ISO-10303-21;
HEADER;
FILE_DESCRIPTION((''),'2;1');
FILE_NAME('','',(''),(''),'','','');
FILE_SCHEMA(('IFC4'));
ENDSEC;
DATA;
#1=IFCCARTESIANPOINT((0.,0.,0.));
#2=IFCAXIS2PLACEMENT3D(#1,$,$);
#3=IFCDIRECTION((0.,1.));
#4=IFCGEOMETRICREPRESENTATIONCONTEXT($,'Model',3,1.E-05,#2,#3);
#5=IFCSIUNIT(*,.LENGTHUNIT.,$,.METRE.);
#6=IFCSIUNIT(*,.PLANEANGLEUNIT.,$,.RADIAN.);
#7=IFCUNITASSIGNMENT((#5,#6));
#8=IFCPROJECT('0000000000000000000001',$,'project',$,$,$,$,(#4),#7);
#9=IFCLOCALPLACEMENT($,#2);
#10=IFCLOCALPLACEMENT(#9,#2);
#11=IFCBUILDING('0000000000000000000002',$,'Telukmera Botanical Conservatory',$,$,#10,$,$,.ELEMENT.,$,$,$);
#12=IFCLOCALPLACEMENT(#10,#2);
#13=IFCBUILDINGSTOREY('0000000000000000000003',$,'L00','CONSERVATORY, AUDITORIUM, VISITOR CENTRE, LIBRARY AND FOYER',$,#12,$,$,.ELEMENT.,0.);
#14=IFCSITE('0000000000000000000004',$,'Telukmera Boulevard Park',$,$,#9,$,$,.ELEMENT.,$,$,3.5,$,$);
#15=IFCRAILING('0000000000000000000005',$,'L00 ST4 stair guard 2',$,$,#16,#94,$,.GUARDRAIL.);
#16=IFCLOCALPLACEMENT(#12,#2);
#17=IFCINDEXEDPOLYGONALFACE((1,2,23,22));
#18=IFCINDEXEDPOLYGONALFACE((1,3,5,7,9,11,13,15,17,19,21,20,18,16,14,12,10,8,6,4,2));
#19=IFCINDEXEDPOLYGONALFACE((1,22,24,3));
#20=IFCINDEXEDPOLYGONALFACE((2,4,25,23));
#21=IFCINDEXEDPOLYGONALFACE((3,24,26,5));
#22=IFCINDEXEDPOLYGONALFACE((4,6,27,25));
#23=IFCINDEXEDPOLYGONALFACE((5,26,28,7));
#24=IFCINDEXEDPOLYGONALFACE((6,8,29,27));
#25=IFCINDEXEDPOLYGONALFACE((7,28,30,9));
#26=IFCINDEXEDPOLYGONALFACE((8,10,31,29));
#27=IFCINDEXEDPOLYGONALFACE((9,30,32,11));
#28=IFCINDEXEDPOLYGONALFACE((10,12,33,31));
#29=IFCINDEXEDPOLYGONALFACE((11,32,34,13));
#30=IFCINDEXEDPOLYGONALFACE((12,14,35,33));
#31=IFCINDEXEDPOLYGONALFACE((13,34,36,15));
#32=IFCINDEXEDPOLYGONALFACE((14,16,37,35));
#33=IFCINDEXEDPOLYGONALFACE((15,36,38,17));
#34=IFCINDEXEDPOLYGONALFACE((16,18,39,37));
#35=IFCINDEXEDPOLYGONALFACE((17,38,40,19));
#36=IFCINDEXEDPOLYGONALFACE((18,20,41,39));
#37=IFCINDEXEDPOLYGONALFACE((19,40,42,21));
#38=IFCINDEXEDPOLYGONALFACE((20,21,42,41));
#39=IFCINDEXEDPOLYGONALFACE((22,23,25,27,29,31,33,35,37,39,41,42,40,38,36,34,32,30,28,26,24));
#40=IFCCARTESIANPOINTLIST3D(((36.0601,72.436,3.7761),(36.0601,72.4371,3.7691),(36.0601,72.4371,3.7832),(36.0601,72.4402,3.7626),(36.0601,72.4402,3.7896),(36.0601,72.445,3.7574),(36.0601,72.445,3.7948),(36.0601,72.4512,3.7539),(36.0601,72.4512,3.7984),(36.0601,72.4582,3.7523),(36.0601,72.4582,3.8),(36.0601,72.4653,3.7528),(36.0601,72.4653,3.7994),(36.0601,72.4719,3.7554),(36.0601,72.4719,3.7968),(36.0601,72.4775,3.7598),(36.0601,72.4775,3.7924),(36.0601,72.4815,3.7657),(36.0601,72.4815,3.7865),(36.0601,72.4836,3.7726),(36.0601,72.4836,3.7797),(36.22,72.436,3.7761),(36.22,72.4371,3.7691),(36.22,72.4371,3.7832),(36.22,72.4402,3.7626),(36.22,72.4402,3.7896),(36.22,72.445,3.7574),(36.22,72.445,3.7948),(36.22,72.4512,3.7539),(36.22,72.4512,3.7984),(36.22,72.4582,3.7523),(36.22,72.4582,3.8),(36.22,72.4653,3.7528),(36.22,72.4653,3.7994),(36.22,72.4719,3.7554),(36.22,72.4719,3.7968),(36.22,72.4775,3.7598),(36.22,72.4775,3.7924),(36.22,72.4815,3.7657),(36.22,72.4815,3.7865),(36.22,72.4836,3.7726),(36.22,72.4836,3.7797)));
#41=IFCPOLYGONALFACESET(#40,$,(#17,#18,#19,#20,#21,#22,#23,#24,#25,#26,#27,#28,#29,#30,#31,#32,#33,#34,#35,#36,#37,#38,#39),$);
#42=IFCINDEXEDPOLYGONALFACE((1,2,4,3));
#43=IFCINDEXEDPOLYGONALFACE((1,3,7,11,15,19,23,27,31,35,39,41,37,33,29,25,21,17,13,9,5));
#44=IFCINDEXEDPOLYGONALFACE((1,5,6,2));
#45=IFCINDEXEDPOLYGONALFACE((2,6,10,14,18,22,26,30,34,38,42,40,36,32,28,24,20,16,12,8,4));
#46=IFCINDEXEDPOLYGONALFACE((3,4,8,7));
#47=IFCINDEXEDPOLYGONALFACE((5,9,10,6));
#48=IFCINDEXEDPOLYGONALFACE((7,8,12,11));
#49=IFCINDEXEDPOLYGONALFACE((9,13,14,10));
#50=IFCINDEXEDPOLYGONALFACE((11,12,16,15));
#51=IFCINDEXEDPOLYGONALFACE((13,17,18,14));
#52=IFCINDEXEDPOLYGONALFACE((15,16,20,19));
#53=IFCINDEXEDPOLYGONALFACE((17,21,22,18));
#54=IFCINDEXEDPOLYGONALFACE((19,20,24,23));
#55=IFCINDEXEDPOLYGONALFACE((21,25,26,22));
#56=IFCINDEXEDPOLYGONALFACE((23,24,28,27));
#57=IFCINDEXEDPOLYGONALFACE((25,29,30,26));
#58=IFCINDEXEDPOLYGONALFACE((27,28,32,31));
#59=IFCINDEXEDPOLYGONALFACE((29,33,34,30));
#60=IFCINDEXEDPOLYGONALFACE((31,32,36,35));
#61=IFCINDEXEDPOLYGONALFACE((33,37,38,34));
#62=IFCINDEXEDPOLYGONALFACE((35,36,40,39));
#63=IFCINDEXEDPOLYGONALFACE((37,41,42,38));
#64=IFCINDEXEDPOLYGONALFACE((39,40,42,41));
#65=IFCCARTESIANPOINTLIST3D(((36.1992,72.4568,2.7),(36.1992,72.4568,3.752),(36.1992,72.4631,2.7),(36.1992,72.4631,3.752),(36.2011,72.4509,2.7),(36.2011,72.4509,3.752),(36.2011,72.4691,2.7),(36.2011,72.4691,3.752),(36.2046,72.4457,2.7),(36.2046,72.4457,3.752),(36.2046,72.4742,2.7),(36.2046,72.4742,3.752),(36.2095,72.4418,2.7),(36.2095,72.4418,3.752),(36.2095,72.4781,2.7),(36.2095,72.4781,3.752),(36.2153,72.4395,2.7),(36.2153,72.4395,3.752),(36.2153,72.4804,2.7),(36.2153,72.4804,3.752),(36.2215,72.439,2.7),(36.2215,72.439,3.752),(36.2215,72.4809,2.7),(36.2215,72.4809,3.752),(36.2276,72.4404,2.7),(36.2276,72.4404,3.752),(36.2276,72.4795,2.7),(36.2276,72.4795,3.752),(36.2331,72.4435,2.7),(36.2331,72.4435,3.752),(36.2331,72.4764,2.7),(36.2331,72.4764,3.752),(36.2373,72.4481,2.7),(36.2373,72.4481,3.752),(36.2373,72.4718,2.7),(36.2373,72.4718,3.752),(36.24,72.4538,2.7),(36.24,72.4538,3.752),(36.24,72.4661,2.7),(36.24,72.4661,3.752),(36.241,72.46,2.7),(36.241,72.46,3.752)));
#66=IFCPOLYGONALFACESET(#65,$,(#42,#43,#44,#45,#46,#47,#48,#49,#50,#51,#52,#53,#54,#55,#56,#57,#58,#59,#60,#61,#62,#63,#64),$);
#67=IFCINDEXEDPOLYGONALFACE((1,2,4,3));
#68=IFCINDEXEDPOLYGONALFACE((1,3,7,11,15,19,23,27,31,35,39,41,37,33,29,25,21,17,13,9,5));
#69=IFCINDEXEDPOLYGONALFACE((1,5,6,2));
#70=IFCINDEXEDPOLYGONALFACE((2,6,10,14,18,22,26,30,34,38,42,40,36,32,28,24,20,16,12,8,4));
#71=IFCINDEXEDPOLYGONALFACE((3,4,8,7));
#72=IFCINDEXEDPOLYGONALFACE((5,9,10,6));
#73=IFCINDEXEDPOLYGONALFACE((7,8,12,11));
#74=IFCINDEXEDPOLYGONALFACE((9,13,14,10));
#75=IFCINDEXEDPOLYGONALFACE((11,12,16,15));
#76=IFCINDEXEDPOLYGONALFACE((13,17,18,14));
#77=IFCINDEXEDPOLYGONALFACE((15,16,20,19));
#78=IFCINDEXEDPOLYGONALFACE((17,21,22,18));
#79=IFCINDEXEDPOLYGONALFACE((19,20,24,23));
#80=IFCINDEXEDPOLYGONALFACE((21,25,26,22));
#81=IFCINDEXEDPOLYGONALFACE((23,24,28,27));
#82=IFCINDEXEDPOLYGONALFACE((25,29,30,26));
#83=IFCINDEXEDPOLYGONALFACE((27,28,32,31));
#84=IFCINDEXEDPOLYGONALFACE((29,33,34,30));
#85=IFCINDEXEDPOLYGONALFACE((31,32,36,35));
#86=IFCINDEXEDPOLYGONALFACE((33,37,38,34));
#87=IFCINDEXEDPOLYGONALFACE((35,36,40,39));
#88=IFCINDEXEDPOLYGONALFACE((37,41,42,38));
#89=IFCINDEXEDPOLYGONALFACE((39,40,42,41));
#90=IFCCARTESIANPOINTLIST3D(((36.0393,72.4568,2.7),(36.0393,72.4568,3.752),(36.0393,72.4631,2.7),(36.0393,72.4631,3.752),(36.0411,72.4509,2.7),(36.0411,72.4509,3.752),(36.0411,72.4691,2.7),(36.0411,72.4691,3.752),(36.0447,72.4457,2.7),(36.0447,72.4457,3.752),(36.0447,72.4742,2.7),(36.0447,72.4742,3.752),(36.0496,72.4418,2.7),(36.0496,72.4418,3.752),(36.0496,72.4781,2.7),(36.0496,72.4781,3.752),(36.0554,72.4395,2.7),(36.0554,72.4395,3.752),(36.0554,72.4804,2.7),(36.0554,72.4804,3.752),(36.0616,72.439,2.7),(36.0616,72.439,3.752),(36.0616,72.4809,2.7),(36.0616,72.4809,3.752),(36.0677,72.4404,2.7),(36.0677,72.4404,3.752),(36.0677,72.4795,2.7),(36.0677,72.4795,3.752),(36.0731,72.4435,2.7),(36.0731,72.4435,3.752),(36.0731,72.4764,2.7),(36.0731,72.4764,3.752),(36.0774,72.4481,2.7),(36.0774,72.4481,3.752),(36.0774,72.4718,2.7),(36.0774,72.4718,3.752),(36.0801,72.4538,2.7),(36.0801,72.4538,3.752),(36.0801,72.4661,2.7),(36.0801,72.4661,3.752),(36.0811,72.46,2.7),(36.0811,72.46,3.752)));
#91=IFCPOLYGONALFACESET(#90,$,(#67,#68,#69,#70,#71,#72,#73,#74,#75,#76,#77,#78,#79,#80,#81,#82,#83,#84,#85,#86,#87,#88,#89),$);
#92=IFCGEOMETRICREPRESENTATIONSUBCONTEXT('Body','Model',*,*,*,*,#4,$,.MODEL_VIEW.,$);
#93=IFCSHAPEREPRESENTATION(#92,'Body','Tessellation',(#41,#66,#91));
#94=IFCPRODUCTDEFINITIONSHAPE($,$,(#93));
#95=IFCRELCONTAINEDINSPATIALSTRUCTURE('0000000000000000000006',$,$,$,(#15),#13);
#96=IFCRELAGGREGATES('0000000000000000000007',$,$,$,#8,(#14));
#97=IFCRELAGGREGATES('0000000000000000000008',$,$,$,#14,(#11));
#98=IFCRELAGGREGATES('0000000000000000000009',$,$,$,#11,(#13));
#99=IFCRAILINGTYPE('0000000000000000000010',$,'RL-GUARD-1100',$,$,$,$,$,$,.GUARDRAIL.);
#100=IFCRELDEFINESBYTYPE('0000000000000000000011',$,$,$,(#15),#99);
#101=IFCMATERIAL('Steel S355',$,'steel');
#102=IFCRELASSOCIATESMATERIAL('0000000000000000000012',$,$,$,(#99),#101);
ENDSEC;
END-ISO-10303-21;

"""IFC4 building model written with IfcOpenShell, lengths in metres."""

from ifc_helpers import new_model, si_unit, direction, frame, origin, origin_2d, place, context, subcontext, project, spatial, circle, extrude, material, type_object, element, save


model = new_model("IFC4")

# Units and contexts
model_context = context("Model", 3, precision=1e-05, world=origin(), true_north=direction((0.0, 1.0)))
body_context = subcontext(model_context, "Body", "Model", "MODEL_VIEW")
ifc_project = project(units=[si_unit("LENGTHUNIT", "METRE"), si_unit("PLANEANGLEUNIT", "RADIAN")], contexts=[model_context])

# Site, building, storey
site_placement = place(None, origin())
site = spatial("IfcSite", under=ifc_project, at=site_placement, Name="Telukmera Boulevard Park", CompositionType="ELEMENT", RefElevation=3.5)
building_placement = place(site_placement, origin())
building = spatial("IfcBuilding", under=site, at=building_placement, Name="Telukmera Botanical Conservatory", CompositionType="ELEMENT")
storey_placement = place(building_placement, origin())
storey = spatial("IfcBuildingStorey", under=building, at=storey_placement, Name="L00", Description="CONSERVATORY, AUDITORIUM, VISITOR CENTRE, LIBRARY AND FOYER", CompositionType="ELEMENT", Elevation=0.0)

# Railing
ifc_material_1 = material(Name="Steel S355", Category="steel")
railing_type_1 = type_object("IfcRailingType", Name="RL-GUARD-1100", PredefinedType="GUARDRAIL", material=ifc_material_1)
railing_1_placement = place(storey_placement, frame((36.22, 72.46, 2.7)))
element("IfcRailing", 1, at=railing_1_placement, inside=storey, type_object=railing_type_1, Name="L00 ST4 stair guard 2", PredefinedType="GUARDRAIL", context=body_context, shape_type="SweptSolid", body=[
    extrude(circle(Radius=0.0239, at=origin_2d()), frame((0.0, 0.0, 1.0762), z_axis=(-1.0, 0.0, 0.0), x_axis=(0.0, -1.0, 0.0)), (0.0, 0.0, 1.0), 0.1599),
    extrude(circle(Radius=0.021, at=origin_2d()), origin(), (0.0, 0.0, 1.0), 1.052),
    extrude(circle(Radius=0.021, at=origin_2d()), frame((-0.1599, 0.0, 0.0)), (0.0, 0.0, 1.0), 1.052),
])

save(model, "model.ifc")
